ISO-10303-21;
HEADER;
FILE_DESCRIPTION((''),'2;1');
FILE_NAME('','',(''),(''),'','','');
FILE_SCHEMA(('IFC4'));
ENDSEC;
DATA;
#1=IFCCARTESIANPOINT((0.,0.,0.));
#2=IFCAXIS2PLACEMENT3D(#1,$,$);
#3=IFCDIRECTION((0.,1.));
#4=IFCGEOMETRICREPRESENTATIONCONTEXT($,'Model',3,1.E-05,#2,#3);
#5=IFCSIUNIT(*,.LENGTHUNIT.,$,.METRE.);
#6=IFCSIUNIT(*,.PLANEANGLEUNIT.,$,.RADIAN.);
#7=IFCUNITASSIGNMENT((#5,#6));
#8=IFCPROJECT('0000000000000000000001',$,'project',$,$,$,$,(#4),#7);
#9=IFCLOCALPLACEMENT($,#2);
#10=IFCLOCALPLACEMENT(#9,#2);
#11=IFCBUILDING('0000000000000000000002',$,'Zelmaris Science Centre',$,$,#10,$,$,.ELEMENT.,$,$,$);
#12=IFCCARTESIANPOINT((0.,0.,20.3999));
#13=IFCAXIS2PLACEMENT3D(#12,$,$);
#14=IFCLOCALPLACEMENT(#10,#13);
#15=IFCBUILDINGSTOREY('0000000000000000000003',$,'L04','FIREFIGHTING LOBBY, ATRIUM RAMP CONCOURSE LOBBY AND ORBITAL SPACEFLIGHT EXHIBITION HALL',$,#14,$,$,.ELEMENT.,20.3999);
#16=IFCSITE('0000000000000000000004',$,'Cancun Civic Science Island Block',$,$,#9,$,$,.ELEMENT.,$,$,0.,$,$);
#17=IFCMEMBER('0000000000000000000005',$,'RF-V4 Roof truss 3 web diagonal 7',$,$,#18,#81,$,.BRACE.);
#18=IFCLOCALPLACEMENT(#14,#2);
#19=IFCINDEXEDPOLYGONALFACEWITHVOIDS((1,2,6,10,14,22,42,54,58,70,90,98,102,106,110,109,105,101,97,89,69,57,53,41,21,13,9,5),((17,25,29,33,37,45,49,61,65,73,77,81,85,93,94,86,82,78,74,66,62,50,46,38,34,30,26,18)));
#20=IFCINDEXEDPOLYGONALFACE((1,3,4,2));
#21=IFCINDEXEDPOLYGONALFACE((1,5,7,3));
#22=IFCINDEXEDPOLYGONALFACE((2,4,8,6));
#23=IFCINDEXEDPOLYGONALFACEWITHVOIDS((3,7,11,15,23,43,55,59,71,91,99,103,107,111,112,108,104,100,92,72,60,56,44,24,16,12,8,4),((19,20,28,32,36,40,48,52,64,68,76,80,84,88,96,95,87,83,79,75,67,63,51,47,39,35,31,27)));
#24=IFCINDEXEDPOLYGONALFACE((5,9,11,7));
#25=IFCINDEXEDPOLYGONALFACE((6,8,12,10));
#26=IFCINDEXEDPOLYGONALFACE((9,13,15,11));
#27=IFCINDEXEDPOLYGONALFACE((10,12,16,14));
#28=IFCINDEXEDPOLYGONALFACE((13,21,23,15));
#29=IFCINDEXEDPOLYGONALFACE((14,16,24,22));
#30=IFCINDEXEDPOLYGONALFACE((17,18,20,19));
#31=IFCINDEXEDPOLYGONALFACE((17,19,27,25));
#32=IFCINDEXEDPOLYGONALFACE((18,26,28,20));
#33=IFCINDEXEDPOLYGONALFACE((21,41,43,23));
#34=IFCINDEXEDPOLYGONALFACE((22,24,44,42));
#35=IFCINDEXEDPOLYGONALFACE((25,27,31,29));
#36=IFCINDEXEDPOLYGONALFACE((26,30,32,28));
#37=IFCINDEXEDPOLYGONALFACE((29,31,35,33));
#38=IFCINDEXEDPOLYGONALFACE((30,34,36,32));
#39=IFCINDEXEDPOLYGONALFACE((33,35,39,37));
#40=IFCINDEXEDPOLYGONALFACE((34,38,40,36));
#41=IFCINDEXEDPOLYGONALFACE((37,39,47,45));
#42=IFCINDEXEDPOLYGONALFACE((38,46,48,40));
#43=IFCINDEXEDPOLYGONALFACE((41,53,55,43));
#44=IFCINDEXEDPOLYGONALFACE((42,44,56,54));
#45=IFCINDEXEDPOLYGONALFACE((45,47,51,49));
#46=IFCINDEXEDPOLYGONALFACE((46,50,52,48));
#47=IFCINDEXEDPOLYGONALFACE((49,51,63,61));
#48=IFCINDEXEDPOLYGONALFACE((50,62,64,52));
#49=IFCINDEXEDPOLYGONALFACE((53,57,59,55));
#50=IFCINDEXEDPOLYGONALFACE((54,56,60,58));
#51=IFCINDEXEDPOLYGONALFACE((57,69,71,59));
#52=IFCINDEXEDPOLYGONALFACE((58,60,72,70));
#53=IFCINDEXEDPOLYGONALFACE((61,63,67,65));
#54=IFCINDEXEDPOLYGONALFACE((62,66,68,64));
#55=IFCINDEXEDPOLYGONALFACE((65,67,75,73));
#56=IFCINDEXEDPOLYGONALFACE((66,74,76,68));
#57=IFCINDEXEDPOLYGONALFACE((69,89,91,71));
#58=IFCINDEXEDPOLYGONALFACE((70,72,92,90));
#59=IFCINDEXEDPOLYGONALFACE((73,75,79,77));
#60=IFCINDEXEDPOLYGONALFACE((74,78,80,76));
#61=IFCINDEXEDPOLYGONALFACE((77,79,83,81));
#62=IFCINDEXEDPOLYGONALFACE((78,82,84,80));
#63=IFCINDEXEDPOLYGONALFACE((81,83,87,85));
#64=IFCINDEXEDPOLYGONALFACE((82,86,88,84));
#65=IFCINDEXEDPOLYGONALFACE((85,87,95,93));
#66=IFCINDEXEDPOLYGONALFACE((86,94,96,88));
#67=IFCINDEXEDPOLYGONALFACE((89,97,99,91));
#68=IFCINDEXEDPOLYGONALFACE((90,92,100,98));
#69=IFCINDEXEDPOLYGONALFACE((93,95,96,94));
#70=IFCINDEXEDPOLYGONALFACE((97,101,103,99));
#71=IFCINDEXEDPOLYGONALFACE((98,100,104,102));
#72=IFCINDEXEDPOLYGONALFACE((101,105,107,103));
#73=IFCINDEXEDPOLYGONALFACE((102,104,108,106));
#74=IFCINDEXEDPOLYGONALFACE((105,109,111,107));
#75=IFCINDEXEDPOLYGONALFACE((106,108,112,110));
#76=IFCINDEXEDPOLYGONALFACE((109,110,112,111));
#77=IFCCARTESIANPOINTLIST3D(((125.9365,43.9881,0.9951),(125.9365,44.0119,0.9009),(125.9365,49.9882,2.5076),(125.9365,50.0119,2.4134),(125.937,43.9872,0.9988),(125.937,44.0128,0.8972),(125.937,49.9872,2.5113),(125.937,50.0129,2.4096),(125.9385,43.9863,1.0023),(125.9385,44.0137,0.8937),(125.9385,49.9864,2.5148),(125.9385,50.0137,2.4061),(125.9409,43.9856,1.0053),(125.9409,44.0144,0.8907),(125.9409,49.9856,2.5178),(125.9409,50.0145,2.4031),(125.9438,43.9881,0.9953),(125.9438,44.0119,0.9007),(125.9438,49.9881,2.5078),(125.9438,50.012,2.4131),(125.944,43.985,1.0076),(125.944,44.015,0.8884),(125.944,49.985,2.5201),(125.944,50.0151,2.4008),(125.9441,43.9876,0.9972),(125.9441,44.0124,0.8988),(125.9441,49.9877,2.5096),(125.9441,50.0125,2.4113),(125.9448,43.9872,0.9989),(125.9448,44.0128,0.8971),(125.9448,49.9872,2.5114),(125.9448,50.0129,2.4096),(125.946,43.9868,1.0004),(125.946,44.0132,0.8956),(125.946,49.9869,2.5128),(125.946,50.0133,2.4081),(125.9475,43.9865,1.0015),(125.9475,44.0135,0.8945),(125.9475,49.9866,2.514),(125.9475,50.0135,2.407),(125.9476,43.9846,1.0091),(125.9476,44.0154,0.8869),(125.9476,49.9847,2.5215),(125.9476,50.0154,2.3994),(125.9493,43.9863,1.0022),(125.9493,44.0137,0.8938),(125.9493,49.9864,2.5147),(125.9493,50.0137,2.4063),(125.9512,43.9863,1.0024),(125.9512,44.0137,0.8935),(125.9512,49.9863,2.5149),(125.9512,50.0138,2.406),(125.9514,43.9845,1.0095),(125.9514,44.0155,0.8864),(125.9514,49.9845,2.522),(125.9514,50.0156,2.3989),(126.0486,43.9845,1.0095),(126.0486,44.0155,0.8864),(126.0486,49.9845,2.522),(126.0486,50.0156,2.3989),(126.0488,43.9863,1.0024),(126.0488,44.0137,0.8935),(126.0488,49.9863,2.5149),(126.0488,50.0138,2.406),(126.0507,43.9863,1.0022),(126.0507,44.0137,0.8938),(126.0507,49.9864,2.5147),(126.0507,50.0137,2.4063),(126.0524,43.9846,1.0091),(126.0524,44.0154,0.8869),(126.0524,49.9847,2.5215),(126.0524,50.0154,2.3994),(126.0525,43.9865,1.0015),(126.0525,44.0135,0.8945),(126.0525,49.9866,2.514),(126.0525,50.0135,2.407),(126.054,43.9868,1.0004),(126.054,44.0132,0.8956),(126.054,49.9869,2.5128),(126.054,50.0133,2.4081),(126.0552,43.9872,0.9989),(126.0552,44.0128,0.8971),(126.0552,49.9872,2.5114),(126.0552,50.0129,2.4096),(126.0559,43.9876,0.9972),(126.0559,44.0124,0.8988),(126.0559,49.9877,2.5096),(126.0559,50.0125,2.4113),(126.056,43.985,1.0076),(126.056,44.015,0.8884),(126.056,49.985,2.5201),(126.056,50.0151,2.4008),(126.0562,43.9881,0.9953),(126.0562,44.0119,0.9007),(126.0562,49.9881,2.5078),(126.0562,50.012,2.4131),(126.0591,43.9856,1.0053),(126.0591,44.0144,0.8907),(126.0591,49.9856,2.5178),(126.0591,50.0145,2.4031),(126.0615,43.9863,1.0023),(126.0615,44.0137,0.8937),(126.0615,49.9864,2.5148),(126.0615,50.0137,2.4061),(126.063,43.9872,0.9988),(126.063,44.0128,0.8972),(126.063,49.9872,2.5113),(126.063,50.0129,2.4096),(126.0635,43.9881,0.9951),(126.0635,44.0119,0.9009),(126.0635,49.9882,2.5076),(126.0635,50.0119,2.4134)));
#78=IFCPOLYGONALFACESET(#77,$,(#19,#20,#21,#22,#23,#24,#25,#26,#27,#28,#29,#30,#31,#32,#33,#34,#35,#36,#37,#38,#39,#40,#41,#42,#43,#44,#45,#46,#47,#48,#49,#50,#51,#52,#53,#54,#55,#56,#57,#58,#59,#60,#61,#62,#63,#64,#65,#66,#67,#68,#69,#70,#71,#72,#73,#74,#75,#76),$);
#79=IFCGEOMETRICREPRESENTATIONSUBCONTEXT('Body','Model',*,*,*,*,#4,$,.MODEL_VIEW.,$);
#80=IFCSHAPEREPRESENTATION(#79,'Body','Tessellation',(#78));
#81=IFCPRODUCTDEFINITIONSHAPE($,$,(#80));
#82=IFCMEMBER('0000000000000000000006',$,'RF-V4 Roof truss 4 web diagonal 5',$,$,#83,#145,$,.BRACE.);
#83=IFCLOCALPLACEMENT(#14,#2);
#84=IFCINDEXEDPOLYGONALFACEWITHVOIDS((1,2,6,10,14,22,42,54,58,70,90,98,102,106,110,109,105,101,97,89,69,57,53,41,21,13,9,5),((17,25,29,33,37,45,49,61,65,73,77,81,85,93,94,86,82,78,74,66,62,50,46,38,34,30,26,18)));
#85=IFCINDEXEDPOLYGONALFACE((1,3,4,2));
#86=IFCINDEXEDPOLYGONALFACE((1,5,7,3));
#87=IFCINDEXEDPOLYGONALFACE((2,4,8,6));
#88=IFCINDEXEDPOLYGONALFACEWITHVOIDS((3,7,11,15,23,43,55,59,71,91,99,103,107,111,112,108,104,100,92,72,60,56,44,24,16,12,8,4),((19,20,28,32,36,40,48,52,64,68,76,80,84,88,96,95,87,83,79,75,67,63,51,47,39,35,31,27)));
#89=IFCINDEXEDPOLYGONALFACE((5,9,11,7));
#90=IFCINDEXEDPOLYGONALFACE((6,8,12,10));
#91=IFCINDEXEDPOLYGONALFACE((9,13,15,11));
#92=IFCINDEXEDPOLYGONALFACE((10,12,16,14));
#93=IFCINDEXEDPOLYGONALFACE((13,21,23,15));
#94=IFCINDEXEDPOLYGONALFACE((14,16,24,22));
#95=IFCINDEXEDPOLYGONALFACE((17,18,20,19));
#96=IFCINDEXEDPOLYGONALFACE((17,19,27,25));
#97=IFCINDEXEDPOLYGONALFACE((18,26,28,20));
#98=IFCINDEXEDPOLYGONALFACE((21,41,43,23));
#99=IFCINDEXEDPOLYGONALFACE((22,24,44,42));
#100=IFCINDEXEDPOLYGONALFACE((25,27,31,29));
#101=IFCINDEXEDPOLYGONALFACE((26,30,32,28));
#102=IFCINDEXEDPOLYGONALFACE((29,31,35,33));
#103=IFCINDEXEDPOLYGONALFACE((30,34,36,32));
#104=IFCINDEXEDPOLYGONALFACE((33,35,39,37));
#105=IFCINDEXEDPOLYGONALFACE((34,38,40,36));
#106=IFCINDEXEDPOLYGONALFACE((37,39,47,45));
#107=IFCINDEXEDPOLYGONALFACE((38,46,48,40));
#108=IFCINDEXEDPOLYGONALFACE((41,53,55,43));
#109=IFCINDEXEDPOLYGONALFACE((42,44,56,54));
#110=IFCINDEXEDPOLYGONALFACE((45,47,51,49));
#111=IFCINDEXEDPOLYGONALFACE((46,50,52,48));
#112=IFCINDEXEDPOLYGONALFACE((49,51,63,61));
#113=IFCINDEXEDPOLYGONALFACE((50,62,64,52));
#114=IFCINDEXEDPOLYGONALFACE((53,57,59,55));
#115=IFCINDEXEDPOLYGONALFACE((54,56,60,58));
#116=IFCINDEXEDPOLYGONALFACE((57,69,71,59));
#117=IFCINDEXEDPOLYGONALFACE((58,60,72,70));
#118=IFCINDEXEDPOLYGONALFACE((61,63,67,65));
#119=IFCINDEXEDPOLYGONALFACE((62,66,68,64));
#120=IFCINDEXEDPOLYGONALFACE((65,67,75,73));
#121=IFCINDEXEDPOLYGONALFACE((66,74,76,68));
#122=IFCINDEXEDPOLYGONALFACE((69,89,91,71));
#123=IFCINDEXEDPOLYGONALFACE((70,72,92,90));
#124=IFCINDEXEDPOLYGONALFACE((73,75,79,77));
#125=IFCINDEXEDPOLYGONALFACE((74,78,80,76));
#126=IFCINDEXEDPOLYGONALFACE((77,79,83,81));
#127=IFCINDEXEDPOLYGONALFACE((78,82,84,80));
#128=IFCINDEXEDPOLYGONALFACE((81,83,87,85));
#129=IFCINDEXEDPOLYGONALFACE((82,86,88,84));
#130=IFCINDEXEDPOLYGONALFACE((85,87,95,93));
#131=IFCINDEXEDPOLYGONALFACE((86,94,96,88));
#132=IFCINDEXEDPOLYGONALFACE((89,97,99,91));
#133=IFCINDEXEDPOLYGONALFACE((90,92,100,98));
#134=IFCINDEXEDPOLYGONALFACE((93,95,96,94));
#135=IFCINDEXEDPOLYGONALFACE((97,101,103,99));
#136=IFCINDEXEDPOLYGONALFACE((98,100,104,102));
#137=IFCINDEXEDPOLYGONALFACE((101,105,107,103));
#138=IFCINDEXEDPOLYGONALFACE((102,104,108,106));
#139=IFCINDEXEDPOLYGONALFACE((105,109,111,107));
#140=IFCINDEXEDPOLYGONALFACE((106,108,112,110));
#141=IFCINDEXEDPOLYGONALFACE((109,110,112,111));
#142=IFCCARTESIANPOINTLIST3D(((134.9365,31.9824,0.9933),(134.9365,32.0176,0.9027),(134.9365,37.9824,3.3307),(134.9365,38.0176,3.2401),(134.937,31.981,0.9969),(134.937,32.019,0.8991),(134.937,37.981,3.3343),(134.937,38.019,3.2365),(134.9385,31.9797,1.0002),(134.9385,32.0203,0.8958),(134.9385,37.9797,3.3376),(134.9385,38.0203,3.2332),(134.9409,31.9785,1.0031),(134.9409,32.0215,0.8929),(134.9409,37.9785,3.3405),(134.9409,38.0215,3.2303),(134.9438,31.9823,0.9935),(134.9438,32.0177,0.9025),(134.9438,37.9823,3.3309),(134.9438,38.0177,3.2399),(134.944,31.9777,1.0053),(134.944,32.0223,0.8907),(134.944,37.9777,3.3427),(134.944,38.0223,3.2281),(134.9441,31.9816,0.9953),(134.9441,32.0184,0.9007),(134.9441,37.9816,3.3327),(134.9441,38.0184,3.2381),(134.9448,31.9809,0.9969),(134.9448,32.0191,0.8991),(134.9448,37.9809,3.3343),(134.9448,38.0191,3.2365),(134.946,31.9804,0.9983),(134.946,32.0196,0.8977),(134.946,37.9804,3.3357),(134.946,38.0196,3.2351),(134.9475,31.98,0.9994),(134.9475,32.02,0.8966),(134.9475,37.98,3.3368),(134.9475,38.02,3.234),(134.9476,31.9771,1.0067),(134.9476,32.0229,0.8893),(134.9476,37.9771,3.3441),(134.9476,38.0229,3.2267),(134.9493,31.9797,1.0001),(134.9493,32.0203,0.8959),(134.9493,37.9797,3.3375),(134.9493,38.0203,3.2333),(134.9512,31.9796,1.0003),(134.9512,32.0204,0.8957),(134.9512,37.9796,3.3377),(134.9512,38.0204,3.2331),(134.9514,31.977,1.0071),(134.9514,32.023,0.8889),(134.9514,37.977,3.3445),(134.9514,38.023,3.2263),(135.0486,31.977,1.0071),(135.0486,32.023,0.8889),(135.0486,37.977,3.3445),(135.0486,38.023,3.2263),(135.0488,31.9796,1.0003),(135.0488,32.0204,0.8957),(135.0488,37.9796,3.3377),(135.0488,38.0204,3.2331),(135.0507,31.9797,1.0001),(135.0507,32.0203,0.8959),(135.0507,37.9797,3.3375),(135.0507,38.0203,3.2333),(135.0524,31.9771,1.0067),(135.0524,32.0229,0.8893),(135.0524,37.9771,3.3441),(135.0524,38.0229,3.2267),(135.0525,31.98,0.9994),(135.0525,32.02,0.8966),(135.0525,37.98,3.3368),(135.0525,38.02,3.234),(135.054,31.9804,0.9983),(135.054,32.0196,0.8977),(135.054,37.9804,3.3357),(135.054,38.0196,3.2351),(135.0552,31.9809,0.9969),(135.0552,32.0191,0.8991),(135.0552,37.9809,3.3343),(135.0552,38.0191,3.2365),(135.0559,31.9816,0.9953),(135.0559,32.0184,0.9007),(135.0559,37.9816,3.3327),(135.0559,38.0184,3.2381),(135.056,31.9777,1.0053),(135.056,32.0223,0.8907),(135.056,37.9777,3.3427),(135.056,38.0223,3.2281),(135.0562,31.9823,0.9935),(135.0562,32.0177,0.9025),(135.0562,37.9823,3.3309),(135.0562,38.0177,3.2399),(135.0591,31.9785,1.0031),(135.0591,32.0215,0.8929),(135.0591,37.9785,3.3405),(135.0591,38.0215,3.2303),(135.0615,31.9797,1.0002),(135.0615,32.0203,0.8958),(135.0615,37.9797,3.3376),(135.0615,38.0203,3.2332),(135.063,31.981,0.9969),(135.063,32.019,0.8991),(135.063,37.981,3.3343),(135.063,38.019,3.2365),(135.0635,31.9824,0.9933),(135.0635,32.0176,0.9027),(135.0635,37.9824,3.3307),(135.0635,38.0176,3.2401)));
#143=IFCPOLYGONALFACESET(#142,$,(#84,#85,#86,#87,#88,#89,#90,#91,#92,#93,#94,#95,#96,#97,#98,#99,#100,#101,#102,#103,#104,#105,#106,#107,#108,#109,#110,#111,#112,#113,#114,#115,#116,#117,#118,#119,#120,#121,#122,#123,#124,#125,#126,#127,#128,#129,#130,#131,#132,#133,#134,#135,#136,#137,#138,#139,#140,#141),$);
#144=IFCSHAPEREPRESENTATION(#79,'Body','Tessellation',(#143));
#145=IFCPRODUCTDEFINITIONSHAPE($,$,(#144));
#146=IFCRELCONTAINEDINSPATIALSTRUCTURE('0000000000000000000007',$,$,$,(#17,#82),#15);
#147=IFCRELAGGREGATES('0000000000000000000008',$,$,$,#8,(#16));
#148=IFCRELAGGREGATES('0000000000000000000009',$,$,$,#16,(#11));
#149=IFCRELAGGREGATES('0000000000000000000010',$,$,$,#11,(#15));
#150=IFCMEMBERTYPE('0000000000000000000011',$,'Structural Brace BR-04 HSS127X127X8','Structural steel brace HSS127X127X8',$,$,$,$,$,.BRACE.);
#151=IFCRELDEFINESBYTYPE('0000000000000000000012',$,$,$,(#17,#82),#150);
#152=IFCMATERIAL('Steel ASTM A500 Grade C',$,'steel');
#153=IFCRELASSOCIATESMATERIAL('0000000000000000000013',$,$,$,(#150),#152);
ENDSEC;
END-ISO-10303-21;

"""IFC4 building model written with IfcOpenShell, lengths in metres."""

from ifc_helpers import new_model, si_unit, direction, frame, origin, origin_2d, place, context, subcontext, project, spatial, hollow_rectangle, extrude, material, material_profile, profile_set, type_object, element, save


model = new_model("IFC4")

# Units and contexts
model_context = context("Model", 3, precision=1e-05, world=origin(), true_north=direction((0.0, 1.0)))
body_context = subcontext(model_context, "Body", "Model", "MODEL_VIEW")
ifc_project = project(units=[si_unit("LENGTHUNIT", "METRE"), si_unit("PLANEANGLEUNIT", "RADIAN")], contexts=[model_context])

# Site, building, storey
site_placement = place(None, origin())
site = spatial("IfcSite", under=ifc_project, at=site_placement, Name="Cancun Civic Science Island Block", CompositionType="ELEMENT", RefElevation=0.0)
building_placement = place(site_placement, origin())
building = spatial("IfcBuilding", under=site, at=building_placement, Name="Zelmaris Science Centre", CompositionType="ELEMENT")
storey_placement = place(building_placement, frame((0.0, 0.0, 20.3999)))
storey = spatial("IfcBuildingStorey", under=building, at=storey_placement, Name="L04", Description="FIREFIGHTING LOBBY, ATRIUM RAMP CONCOURSE LOBBY AND ORBITAL SPACEFLIGHT EXHIBITION HALL", CompositionType="ELEMENT", Elevation=20.3999)

# Members
ifc_material = material(Name="Steel ASTM A500 Grade C", Category="steel")
ifc_material_profile_1 = material_profile(ifc_material, hollow_rectangle(XDim=0.127, YDim=0.127, WallThickness=0.0073, InnerFilletRadius=0.0073, OuterFilletRadius=0.0149, at=origin_2d()), Name="HSS127X127X8")
ifc_profile_set_1 = profile_set([ifc_material_profile_1], Name="Steel ASTM A500 Grade C")
member_type_1 = type_object("IfcMemberType", Name="Structural Brace BR-04 HSS127X127X8", Description="Structural steel brace HSS127X127X8", PredefinedType="BRACE", material=ifc_profile_set_1)
member_1_placement = place(storey_placement, frame((126.0, 44.0, 0.948), z_axis=(0.0, 0.969667, 0.244429), x_axis=(-1.0, 0.0, 0.0)))
element("IfcMember", 1, at=member_1_placement, inside=storey, type_object=member_type_1, Name="RF-V4 Roof truss 3 web diagonal 7", PredefinedType="BRACE", context=body_context, shape_type="SweptSolid", body=[
    extrude(hollow_rectangle(XDim=0.127, YDim=0.127, WallThickness=0.0073, InnerFilletRadius=0.0073, OuterFilletRadius=0.0149, at=origin_2d()), origin(), (0.0, 0.0, 1.0), 6.1877),
])
for number, where, z_axis, x_axis, name in (
    (2, (135.0, 32.0, 0.948), (0.0, 0.931791, 0.362995), (-1.0, 0.0, 0.0), "RF-V4 Roof truss 4 web diagonal 5"),
):
    element("IfcMember", number, at=place(storey_placement, frame(where, z_axis=z_axis, x_axis=x_axis)), inside=storey, type_object=member_type_1, Name=name, PredefinedType="BRACE", context=body_context, shape_type="SweptSolid", body=[
        extrude(hollow_rectangle(XDim=0.127, YDim=0.127, WallThickness=0.0073, InnerFilletRadius=0.0073, OuterFilletRadius=0.0149, at=origin_2d()), origin(), (0.0, 0.0, 1.0), 6.4392),
    ])

save(model, "model.ifc")
